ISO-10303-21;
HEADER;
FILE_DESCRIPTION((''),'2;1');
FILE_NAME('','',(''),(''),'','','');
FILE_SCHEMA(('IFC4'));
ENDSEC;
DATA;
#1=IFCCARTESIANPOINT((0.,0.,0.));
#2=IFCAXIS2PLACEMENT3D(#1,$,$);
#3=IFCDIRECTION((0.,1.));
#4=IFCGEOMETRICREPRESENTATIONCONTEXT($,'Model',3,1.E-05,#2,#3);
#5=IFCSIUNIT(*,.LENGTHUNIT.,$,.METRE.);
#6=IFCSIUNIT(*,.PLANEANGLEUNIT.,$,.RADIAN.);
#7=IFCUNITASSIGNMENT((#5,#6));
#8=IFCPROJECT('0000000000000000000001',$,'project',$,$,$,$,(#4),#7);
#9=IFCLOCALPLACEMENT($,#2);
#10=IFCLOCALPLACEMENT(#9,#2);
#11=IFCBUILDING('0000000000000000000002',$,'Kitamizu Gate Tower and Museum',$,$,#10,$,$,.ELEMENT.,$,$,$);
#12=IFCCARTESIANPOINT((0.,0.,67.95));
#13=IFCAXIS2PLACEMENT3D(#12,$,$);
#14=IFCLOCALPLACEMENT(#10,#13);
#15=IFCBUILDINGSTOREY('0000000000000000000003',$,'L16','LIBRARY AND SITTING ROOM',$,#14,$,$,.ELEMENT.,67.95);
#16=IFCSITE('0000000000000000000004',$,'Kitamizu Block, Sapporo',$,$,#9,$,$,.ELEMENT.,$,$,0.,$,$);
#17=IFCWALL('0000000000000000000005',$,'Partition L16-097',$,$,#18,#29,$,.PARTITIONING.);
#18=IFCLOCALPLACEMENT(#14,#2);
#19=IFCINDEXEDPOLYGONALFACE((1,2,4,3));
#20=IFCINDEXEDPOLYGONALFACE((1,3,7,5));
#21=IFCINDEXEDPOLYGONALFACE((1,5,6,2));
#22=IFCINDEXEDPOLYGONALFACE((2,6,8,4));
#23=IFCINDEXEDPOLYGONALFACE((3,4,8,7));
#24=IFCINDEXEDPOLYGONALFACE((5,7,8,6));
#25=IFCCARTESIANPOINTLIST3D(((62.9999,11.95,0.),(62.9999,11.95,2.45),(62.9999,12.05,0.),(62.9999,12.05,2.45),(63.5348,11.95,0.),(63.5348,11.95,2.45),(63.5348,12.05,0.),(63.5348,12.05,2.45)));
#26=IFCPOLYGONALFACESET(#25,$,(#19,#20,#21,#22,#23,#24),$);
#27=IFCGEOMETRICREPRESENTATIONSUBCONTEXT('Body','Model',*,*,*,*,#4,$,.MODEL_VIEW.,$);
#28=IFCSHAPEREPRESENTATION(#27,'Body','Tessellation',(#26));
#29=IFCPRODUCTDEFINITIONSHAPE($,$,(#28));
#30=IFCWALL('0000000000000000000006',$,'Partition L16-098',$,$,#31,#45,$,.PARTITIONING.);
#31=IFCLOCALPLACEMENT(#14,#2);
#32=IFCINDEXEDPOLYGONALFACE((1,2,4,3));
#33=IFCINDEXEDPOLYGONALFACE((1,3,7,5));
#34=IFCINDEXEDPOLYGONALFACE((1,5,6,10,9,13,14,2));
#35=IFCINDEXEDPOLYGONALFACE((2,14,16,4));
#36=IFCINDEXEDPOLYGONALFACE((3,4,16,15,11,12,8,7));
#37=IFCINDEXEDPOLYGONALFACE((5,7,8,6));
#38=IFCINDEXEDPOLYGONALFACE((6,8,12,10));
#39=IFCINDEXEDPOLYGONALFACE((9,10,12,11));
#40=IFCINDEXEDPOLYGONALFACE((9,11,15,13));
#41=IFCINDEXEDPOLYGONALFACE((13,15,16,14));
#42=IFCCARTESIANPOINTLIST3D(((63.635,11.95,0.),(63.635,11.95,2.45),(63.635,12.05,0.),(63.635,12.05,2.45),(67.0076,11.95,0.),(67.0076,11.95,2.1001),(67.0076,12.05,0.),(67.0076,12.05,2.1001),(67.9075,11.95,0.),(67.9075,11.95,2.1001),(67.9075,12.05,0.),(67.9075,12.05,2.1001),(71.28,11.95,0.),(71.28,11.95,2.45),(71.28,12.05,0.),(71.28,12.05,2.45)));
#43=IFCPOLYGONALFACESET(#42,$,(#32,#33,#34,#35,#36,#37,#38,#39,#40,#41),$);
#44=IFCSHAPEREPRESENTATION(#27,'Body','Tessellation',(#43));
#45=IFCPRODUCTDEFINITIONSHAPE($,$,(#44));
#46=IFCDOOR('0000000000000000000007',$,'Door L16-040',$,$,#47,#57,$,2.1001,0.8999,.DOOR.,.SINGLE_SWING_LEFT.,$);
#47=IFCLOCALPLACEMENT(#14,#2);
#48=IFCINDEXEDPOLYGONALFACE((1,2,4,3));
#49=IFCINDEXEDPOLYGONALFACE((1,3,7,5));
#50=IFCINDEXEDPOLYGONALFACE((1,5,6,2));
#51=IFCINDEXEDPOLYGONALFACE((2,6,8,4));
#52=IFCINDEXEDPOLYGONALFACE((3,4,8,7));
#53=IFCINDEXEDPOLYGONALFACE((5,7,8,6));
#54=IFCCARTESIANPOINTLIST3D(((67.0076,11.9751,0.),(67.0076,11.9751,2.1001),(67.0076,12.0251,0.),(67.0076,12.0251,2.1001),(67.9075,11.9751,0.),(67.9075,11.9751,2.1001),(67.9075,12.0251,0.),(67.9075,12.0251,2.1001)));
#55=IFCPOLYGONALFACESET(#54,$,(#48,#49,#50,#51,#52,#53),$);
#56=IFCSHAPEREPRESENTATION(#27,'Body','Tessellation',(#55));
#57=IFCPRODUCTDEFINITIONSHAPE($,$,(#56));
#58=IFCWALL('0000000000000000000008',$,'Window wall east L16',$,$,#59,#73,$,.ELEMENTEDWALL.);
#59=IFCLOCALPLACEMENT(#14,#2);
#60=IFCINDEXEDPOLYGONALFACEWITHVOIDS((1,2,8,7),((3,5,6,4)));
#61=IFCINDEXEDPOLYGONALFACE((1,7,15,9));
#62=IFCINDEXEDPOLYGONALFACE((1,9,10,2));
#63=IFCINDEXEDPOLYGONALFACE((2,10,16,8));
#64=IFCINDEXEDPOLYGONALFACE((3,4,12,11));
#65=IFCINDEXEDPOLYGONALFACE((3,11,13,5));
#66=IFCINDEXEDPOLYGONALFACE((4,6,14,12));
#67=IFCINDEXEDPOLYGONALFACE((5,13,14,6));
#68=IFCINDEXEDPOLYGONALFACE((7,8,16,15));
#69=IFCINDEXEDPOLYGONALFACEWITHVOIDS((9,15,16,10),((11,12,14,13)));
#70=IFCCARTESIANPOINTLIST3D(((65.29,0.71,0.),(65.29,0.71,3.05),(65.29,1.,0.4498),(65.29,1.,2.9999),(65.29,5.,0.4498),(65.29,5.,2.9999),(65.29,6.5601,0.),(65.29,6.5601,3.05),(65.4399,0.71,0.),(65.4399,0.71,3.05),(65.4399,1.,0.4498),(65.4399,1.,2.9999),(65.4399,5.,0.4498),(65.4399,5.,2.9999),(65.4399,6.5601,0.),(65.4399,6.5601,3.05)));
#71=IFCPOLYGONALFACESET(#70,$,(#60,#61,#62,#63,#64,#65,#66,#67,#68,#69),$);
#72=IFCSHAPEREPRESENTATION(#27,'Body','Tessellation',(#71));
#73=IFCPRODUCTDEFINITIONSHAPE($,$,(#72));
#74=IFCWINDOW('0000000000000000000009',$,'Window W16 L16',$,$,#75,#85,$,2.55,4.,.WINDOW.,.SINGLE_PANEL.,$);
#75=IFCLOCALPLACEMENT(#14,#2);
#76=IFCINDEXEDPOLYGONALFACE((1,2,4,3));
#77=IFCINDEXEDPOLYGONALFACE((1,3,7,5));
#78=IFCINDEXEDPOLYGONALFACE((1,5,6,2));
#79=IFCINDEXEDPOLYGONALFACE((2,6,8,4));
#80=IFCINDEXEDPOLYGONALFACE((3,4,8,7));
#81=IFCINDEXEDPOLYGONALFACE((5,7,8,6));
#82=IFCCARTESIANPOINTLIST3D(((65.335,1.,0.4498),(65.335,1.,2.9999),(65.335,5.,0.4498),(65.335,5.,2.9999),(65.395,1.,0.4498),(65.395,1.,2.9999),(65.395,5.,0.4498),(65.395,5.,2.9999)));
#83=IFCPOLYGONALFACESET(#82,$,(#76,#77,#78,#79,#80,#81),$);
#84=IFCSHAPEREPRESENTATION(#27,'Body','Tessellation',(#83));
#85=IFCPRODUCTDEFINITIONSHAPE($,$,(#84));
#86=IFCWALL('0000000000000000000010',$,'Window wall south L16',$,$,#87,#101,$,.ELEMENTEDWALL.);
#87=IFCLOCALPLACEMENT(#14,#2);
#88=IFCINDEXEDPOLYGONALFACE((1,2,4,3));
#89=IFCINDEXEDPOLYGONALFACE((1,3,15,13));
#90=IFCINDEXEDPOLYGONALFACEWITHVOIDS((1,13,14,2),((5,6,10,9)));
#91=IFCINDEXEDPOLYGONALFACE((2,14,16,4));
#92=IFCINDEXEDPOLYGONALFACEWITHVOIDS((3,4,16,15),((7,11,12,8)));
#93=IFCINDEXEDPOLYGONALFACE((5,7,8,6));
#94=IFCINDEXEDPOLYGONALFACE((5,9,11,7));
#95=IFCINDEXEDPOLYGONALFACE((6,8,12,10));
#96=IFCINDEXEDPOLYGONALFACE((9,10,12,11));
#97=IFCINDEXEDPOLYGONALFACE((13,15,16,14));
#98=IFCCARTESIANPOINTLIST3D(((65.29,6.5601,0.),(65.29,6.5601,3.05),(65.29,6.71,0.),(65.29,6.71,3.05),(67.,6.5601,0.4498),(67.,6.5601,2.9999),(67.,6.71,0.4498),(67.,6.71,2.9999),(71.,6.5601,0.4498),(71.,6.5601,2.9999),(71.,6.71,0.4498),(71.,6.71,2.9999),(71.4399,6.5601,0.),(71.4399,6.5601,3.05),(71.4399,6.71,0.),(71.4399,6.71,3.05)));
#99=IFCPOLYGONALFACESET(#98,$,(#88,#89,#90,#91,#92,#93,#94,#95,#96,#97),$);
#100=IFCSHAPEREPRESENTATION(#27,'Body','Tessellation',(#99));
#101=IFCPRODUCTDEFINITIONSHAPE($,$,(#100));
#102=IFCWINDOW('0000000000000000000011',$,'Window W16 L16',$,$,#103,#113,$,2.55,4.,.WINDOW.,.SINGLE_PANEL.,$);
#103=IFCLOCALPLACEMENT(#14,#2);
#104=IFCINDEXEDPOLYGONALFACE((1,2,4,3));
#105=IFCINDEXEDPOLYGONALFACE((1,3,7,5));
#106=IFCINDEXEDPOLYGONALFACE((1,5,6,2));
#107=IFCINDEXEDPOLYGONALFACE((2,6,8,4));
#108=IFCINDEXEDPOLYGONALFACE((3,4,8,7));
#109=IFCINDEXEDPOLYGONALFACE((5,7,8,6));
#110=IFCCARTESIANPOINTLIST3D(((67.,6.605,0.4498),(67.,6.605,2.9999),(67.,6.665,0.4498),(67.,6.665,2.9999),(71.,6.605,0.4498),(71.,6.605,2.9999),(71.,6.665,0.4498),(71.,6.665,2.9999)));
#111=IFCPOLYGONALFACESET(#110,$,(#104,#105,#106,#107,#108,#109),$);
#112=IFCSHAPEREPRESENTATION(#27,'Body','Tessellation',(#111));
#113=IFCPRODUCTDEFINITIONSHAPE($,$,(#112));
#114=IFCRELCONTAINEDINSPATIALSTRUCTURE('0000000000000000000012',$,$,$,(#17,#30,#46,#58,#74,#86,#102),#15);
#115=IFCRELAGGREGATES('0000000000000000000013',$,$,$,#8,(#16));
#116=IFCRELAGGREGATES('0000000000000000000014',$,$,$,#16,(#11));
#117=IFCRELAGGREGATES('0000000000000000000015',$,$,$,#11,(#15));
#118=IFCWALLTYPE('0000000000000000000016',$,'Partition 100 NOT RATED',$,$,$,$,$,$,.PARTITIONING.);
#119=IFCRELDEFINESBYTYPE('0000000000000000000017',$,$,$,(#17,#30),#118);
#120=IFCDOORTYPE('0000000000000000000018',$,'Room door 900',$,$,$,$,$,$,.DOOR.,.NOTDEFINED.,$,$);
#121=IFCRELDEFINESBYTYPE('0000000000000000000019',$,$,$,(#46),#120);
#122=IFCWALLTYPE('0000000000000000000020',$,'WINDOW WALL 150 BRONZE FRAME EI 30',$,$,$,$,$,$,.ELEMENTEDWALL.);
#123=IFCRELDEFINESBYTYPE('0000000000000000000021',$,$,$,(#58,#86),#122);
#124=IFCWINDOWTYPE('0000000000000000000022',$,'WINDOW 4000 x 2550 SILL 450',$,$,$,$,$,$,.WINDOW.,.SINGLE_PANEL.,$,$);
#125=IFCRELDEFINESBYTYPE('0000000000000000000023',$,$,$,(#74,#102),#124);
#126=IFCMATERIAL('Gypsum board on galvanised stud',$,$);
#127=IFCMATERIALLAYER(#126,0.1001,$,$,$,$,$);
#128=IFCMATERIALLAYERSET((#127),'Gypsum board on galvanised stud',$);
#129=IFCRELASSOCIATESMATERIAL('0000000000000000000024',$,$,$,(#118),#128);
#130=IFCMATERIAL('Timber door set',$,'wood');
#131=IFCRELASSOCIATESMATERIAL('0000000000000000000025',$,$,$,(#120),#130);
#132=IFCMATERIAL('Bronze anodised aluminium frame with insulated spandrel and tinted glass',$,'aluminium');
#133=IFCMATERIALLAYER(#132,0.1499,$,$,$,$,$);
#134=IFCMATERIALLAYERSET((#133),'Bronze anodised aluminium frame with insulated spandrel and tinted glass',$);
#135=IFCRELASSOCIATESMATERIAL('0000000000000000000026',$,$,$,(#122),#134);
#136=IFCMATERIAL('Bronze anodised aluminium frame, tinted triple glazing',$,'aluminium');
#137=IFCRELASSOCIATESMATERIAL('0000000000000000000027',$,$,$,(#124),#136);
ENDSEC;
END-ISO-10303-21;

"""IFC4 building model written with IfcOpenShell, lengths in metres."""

from ifc_helpers import new_model, si_unit, direction, frame, frame_2d, origin, place, context, subcontext, project, spatial, rectangle, extrude, material, layer, layer_set, type_object, element, fill, save


model = new_model("IFC4")

# Units and contexts
model_context = context("Model", 3, precision=1e-05, world=origin(), true_north=direction((0.0, 1.0)))
body_context = subcontext(model_context, "Body", "Model", "MODEL_VIEW")
ifc_project = project(units=[si_unit("LENGTHUNIT", "METRE"), si_unit("PLANEANGLEUNIT", "RADIAN")], contexts=[model_context])

# Site, building, storey
site_placement = place(None, origin())
site = spatial("IfcSite", under=ifc_project, at=site_placement, Name="Kitamizu Block, Sapporo", CompositionType="ELEMENT", RefElevation=0.0)
building_placement = place(site_placement, origin())
building = spatial("IfcBuilding", under=site, at=building_placement, Name="Kitamizu Gate Tower and Museum", CompositionType="ELEMENT")
storey_placement = place(building_placement, frame((0.0, 0.0, 67.95)))
storey = spatial("IfcBuildingStorey", under=building, at=storey_placement, Name="L16", Description="LIBRARY AND SITTING ROOM", CompositionType="ELEMENT", Elevation=67.95)

# Shared definitions
ifc_material_1 = material(Name="Gypsum board on galvanised stud")
ifc_layer_1 = layer(ifc_material_1, 0.1001)
ifc_layer_set_1 = layer_set([ifc_layer_1], Name="Gypsum board on galvanised stud")
wall_type_1 = type_object("IfcWallType", Name="Partition 100 NOT RATED", PredefinedType="PARTITIONING", material=ifc_layer_set_1)
ifc_material_2 = material(Name="Timber door set", Category="wood")
door_type = type_object("IfcDoorType", Name="Room door 900", OperationType="NOTDEFINED", PredefinedType="DOOR", material=ifc_material_2)

# Wall
wall_1_placement = place(storey_placement, frame((63.5349, 12.0, 0.0), z_axis=(0.0, 0.0, 1.0), x_axis=(-1.0, 0.0, 0.0)))
element("IfcWall", 1, at=wall_1_placement, inside=storey, type_object=wall_type_1, Name="Partition L16-097", PredefinedType="PARTITIONING", context=body_context, shape_type="SweptSolid", body=[
    extrude(rectangle(XDim=0.5349, YDim=0.1001, at=frame_2d((0.2676, 0.0))), origin(), (0.0, 0.0, 1.0), 2.45),
])

# Wall, opening, door
wall_2_placement = place(storey_placement, frame((71.28, 12.0, 0.0), z_axis=(0.0, 0.0, 1.0), x_axis=(-1.0, 0.0, 0.0)))
wall_2 = element("IfcWall", 2, at=wall_2_placement, inside=storey, type_object=wall_type_1, Name="Partition L16-098", PredefinedType="PARTITIONING", context=body_context, shape_type="SweptSolid", body=[
    extrude(rectangle(XDim=7.645, YDim=0.1001, at=frame_2d((3.8225, 0.0))), origin(), (0.0, 0.0, 1.0), 2.45),
])
opening_1_placement = place(wall_2_placement, frame((3.3726, 0.0, 0.0)))
opening_1 = element("IfcOpeningElement", 3, at=opening_1_placement, cuts=wall_2, PredefinedType="OPENING", context=body_context, shape_type="SweptSolid", body=[
    extrude(rectangle(XDim=0.8999, YDim=2.1001, at=frame_2d((0.45, 1.05))), frame((0.0, 0.0601, 0.0), z_axis=(0.0, -1.0, 0.0), x_axis=(1.0, 0.0, 0.0)), (0.0, 0.0, 1.0), 0.1201),
])
door_1_placement = place(opening_1_placement, origin())
door_1 = element("IfcDoor", 4, at=door_1_placement, inside=storey, type_object=door_type, Name="Door L16-040", OperationType="SINGLE_SWING_LEFT", OverallHeight=2.1001, OverallWidth=0.8999, PredefinedType="DOOR", context=body_context, shape_type="SweptSolid", body=[
    extrude(rectangle(XDim=0.8999, YDim=2.1001, at=frame_2d((0.45, 1.05))), frame((0.0, 0.0249, 0.0), z_axis=(0.0, -1.0, 0.0), x_axis=(1.0, 0.0, 0.0)), (0.0, 0.0, 1.0), 0.05),
])
fill(opening_1, door_1)

# Walls, openings, windows
ifc_material_3 = material(Name="Bronze anodised aluminium frame with insulated spandrel and tinted glass", Category="aluminium")
ifc_layer_2 = layer(ifc_material_3, 0.1499)
ifc_layer_set_2 = layer_set([ifc_layer_2], Name="Bronze anodised aluminium frame with insulated spandrel and tinted glass")
wall_type_2 = type_object("IfcWallType", Name="WINDOW WALL 150 BRONZE FRAME EI 30", PredefinedType="ELEMENTEDWALL", material=ifc_layer_set_2)
wall_3_placement = place(storey_placement, frame((65.365, 0.71, 0.0), z_axis=(0.0, 0.0, 1.0), x_axis=(0.0, 1.0, 0.0)))
wall_3 = element("IfcWall", 5, at=wall_3_placement, inside=storey, type_object=wall_type_2, Name="Window wall east L16", PredefinedType="ELEMENTEDWALL", context=body_context, shape_type="SweptSolid", body=[
    extrude(rectangle(XDim=5.8501, YDim=0.1499, at=frame_2d((2.925, 0.0))), origin(), (0.0, 0.0, 1.0), 3.05),
])
opening_2_placement = place(wall_3_placement, frame((0.29, 0.0, 0.45)))
opening_2 = element("IfcOpeningElement", 6, at=opening_2_placement, cuts=wall_3, PredefinedType="OPENING", context=body_context, shape_type="SweptSolid", body=[
    extrude(rectangle(XDim=4.0, YDim=2.55, at=frame_2d((2.0, 1.2749))), frame((0.0, 0.085, 0.0), z_axis=(0.0, -1.0, 0.0), x_axis=(1.0, 0.0, 0.0)), (0.0, 0.0, 1.0), 0.1699),
])
ifc_material_4 = material(Name="Bronze anodised aluminium frame, tinted triple glazing", Category="aluminium")
window_type_1 = type_object("IfcWindowType", Name="WINDOW 4000 x 2550 SILL 450", PartitioningType="SINGLE_PANEL", PredefinedType="WINDOW", material=ifc_material_4)
window_1_placement = place(opening_2_placement, origin())
window_1 = element("IfcWindow", 7, at=window_1_placement, inside=storey, type_object=window_type_1, Name="Window W16 L16", OverallHeight=2.55, OverallWidth=4.0, PartitioningType="SINGLE_PANEL", PredefinedType="WINDOW", context=body_context, shape_type="SweptSolid", body=[
    extrude(rectangle(XDim=4.0, YDim=2.55, at=frame_2d((2.0, 1.2749))), frame((0.0, 0.03, 0.0), z_axis=(0.0, -1.0, 0.0), x_axis=(1.0, 0.0, 0.0)), (0.0, 0.0, 1.0), 0.0601),
])
fill(opening_2, window_1)
wall_4_placement = place(storey_placement, frame((65.29, 6.635, 0.0), z_axis=(0.0, 0.0, 1.0), x_axis=(1.0, 0.0, 0.0)))
wall_4 = element("IfcWall", 8, at=wall_4_placement, inside=storey, type_object=wall_type_2, Name="Window wall south L16", PredefinedType="ELEMENTEDWALL", context=body_context, shape_type="SweptSolid", body=[
    extrude(rectangle(XDim=6.1499, YDim=0.1499, at=frame_2d((3.075, 0.0))), origin(), (0.0, 0.0, 1.0), 3.05),
])
opening_3_placement = place(wall_4_placement, frame((1.71, 0.0, 0.45)))
opening_3 = element("IfcOpeningElement", 9, at=opening_3_placement, cuts=wall_4, PredefinedType="OPENING", context=body_context, shape_type="SweptSolid", body=[
    extrude(rectangle(XDim=4.0, YDim=2.55, at=frame_2d((2.0, 1.2749))), frame((0.0, 0.085, 0.0), z_axis=(0.0, -1.0, 0.0), x_axis=(1.0, 0.0, 0.0)), (0.0, 0.0, 1.0), 0.1699),
])
window_2_placement = place(opening_3_placement, origin())
window_2 = element("IfcWindow", 10, at=window_2_placement, inside=storey, type_object=window_type_1, Name="Window W16 L16", OverallHeight=2.55, OverallWidth=4.0, PartitioningType="SINGLE_PANEL", PredefinedType="WINDOW", context=body_context, shape_type="SweptSolid", body=[
    extrude(rectangle(XDim=4.0, YDim=2.55, at=frame_2d((2.0, 1.2749))), frame((0.0, 0.03, 0.0), z_axis=(0.0, -1.0, 0.0), x_axis=(1.0, 0.0, 0.0)), (0.0, 0.0, 1.0), 0.0601),
])
fill(opening_3, window_2)

save(model, "model.ifc")
